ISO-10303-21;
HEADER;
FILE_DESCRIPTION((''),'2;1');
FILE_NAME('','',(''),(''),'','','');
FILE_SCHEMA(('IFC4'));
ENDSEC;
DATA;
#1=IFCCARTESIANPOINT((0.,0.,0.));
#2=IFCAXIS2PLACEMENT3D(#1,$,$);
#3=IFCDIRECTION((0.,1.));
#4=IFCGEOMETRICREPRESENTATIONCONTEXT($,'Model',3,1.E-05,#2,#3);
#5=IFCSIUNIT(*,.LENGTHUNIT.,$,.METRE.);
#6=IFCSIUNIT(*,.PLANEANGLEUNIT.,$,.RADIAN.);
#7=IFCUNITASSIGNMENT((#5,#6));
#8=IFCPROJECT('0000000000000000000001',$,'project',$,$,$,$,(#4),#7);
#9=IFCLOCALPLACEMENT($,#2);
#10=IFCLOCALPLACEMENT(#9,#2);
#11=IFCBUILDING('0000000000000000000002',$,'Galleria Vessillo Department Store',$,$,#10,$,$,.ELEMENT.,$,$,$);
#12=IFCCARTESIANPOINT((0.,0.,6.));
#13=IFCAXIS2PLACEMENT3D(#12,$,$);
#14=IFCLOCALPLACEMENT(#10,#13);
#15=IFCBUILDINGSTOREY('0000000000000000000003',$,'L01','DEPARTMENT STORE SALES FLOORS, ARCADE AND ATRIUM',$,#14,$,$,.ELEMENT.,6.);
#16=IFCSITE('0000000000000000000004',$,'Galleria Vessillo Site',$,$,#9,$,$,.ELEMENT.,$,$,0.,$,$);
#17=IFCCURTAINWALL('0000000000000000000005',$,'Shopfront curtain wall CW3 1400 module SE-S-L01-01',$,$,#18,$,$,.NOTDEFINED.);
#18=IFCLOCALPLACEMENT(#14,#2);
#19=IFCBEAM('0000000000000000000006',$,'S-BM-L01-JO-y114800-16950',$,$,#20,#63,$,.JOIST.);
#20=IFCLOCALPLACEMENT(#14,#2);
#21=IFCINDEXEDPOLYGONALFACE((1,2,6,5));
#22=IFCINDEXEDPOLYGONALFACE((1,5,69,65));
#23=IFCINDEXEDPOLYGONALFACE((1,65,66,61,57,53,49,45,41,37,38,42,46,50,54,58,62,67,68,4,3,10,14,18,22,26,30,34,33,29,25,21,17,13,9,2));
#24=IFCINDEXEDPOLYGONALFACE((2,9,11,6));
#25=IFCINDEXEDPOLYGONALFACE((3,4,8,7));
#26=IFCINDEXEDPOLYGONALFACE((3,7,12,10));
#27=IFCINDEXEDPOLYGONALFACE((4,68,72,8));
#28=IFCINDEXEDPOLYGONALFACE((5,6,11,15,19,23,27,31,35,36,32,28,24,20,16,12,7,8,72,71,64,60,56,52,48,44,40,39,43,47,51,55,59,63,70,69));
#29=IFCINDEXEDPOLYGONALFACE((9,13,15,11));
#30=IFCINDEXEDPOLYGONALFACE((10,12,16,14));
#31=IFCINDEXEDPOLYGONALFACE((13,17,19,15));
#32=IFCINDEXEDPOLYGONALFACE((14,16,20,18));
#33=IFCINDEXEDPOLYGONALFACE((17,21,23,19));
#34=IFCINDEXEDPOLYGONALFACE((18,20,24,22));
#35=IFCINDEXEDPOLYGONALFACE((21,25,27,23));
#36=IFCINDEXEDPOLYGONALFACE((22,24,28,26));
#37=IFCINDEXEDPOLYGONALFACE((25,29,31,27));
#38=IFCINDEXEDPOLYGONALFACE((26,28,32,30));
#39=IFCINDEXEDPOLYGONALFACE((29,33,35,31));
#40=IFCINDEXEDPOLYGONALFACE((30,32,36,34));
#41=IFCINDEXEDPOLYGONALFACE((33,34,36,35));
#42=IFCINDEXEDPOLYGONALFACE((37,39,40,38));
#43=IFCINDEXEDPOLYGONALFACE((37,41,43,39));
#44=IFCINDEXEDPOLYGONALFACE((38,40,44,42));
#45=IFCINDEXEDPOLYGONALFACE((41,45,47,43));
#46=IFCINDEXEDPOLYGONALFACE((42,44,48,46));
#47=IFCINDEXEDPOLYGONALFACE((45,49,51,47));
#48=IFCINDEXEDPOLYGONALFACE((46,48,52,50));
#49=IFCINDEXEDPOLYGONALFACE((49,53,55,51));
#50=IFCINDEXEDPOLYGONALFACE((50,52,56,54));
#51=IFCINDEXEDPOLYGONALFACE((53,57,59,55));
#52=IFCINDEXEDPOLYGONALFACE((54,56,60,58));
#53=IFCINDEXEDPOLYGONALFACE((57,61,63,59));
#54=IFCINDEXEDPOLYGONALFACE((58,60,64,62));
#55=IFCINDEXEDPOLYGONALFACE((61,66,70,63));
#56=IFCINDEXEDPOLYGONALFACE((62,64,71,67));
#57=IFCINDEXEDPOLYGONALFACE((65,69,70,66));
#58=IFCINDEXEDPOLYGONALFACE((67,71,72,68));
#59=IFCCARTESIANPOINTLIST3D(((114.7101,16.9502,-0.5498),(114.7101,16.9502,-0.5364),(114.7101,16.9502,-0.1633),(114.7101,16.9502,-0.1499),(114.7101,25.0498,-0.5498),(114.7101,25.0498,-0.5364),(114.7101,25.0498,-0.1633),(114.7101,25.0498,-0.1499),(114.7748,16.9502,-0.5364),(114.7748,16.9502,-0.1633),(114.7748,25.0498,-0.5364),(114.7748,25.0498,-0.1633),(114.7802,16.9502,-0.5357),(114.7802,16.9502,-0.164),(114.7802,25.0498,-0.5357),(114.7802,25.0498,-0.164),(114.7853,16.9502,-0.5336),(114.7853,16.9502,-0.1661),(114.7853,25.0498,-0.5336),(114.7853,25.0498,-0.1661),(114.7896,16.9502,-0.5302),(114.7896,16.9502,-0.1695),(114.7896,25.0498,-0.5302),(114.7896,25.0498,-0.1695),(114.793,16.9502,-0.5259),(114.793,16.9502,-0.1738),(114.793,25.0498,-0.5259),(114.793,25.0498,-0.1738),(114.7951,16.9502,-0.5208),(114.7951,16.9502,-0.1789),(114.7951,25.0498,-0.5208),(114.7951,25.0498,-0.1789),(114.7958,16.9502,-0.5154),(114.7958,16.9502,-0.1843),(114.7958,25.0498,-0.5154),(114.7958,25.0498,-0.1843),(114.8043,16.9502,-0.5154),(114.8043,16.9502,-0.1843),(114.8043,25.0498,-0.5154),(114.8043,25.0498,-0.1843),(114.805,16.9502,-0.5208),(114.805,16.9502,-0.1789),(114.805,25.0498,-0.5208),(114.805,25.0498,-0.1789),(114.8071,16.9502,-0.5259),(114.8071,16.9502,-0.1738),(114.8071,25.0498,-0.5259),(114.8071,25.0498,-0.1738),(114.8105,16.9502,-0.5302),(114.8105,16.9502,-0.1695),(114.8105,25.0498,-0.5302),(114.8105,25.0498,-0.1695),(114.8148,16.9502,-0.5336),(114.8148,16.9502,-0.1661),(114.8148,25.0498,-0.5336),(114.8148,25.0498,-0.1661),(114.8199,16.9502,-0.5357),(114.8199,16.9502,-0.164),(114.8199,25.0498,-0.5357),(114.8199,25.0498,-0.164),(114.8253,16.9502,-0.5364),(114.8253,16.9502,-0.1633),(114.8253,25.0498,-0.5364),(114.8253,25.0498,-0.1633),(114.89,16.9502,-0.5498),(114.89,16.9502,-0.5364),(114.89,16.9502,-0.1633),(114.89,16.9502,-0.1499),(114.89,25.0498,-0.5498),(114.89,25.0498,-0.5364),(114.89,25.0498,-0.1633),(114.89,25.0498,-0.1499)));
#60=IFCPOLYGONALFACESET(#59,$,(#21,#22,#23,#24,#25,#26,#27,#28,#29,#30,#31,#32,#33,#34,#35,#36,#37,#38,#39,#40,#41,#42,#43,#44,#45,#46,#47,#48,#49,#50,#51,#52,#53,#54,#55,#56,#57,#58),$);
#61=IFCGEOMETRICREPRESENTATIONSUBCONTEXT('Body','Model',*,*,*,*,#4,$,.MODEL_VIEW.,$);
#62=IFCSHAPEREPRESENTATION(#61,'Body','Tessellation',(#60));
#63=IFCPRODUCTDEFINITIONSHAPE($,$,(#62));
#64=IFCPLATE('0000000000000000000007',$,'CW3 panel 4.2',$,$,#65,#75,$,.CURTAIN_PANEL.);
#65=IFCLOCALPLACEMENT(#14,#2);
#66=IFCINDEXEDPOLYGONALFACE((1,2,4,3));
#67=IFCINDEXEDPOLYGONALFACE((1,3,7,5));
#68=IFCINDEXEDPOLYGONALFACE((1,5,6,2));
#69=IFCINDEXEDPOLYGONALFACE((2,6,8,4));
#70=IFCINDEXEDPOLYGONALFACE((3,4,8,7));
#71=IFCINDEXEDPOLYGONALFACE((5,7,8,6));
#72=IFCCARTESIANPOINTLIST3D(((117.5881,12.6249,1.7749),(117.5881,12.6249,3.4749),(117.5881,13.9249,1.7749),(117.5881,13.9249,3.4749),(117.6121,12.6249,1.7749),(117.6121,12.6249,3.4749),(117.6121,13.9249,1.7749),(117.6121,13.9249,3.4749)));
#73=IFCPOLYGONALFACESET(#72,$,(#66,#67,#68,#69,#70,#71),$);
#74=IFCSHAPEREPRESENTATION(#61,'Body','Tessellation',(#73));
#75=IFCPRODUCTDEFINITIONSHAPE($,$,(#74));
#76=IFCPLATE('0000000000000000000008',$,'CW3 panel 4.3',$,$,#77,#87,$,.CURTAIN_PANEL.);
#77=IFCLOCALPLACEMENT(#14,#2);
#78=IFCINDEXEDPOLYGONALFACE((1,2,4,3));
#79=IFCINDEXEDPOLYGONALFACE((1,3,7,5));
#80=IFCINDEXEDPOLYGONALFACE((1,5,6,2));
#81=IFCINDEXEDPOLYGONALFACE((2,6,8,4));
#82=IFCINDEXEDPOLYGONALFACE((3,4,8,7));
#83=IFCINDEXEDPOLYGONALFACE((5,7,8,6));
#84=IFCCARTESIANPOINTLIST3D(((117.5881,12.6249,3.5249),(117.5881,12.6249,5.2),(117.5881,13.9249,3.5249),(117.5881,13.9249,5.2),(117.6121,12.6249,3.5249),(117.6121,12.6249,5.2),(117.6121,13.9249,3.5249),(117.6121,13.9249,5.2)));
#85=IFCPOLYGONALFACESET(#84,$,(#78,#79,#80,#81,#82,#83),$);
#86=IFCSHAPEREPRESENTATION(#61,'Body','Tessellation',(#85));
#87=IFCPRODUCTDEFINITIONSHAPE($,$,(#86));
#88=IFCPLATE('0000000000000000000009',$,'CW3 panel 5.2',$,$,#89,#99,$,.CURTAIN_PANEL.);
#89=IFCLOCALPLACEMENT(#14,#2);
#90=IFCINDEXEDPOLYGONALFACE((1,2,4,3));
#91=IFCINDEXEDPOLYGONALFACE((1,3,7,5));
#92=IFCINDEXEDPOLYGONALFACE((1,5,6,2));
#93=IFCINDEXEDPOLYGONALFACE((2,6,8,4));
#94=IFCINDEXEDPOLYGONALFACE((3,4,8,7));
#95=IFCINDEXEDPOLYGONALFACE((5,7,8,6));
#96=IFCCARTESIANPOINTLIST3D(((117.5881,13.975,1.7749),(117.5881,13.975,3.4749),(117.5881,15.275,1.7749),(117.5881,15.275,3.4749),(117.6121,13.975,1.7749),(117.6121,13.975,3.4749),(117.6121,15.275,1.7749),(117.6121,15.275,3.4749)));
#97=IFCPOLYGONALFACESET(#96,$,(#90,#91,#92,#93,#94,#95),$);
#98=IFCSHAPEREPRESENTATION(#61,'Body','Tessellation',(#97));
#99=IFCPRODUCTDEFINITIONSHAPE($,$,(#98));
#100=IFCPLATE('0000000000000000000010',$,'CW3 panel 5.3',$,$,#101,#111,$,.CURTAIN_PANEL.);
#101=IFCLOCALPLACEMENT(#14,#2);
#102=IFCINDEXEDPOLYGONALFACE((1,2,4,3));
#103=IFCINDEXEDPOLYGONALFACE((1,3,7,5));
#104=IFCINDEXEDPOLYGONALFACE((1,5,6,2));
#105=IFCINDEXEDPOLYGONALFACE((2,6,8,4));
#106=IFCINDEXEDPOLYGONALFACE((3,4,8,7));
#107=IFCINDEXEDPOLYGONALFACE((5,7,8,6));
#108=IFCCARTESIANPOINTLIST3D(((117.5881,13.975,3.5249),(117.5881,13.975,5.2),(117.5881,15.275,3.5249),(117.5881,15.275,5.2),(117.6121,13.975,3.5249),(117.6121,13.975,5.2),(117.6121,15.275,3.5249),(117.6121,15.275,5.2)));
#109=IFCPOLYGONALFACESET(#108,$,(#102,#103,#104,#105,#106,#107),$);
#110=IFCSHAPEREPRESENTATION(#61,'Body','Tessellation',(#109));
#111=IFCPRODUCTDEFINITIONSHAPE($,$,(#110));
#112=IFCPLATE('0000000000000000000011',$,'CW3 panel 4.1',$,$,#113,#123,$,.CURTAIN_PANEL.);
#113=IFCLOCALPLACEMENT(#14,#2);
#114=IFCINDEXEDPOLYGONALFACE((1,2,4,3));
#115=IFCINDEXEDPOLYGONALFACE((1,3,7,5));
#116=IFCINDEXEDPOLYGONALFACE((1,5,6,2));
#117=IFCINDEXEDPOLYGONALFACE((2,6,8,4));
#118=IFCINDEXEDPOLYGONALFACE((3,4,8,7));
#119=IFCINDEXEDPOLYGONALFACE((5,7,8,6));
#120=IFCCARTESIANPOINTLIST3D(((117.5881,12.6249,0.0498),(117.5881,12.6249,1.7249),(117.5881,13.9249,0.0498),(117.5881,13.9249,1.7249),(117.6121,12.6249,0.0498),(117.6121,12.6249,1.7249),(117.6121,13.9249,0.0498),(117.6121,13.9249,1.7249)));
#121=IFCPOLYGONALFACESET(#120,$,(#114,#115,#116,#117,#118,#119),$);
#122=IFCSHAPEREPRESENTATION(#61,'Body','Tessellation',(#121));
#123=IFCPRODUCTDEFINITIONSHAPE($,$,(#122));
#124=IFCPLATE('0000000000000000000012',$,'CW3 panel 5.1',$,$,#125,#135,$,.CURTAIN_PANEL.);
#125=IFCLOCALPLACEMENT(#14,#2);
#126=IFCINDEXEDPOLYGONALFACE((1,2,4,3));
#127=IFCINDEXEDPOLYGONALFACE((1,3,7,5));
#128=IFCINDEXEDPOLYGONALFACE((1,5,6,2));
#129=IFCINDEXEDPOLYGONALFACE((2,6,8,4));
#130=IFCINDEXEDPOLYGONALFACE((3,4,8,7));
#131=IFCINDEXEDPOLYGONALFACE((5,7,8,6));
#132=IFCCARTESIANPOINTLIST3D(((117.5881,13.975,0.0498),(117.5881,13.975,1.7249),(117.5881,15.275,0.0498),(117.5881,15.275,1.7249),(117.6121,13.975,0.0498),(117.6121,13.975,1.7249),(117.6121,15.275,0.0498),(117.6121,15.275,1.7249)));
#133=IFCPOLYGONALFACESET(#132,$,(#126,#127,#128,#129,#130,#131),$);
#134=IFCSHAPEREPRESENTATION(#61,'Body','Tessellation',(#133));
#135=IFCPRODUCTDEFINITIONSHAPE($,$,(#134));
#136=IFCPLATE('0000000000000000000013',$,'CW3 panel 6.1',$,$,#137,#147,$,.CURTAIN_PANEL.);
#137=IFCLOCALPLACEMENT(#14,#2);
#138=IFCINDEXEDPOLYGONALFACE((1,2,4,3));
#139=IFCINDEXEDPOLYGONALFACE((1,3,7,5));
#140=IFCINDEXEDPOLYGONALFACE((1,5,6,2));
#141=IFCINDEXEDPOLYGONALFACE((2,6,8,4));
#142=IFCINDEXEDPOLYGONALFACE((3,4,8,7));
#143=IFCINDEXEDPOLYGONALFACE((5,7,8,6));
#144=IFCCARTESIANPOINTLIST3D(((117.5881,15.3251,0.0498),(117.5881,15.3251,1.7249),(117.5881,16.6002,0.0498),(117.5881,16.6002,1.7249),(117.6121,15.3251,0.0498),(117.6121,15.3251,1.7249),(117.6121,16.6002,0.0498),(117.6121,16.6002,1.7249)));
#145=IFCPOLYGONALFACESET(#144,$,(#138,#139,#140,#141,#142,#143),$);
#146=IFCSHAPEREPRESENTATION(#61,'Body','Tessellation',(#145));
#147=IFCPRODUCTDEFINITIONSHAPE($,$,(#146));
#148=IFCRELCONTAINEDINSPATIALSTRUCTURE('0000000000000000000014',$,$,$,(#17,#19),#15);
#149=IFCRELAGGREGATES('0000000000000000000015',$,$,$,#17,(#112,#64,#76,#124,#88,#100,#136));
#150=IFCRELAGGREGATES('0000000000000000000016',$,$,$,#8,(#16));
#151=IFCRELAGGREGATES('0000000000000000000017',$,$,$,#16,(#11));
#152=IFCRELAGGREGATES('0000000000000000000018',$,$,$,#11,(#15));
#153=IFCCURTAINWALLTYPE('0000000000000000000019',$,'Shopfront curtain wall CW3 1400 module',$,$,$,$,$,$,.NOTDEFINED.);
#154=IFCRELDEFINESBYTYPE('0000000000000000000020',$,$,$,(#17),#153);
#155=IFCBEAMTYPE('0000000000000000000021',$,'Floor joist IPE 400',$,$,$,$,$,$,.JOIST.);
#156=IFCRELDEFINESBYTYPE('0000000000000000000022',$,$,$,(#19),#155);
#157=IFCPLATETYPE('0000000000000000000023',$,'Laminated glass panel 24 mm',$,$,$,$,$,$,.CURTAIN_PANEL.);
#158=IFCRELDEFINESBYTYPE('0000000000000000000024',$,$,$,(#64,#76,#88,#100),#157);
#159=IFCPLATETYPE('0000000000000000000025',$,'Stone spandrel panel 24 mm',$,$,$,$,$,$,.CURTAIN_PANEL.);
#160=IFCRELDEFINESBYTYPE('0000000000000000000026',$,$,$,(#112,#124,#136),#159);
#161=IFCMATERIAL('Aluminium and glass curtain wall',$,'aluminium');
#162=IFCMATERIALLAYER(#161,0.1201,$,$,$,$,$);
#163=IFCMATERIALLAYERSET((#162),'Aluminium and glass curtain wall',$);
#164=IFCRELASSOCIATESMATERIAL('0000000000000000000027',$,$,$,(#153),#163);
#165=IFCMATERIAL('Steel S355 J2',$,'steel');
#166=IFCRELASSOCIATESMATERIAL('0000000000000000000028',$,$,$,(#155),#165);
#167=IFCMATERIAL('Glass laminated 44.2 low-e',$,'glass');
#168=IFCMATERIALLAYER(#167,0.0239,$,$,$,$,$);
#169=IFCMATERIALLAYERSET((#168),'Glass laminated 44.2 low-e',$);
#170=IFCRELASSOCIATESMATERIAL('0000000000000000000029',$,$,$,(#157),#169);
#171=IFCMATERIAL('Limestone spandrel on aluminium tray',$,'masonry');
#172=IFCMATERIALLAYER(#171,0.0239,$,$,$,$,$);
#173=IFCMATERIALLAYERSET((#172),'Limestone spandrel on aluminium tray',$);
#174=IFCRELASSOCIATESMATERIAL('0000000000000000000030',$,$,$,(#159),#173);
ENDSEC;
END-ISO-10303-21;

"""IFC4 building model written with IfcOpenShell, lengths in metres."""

from ifc_helpers import new_model, si_unit, direction, frame, origin, origin_2d, place, context, subcontext, project, spatial, rectangle, i_section, extrude, material, layer, layer_set, material_profile, profile_set, type_object, element, aggregate, save


model = new_model("IFC4")

# Units and contexts
model_context = context("Model", 3, precision=1e-05, world=origin(), true_north=direction((0.0, 1.0)))
body_context = subcontext(model_context, "Body", "Model", "MODEL_VIEW")
ifc_project = project(units=[si_unit("LENGTHUNIT", "METRE"), si_unit("PLANEANGLEUNIT", "RADIAN")], contexts=[model_context])

# Site, building, storey
site_placement = place(None, origin())
site = spatial("IfcSite", under=ifc_project, at=site_placement, Name="Galleria Vessillo Site", CompositionType="ELEMENT", RefElevation=0.0)
building_placement = place(site_placement, origin())
building = spatial("IfcBuilding", under=site, at=building_placement, Name="Galleria Vessillo Department Store", CompositionType="ELEMENT")
storey_placement = place(building_placement, frame((0.0, 0.0, 6.0)))
storey = spatial("IfcBuildingStorey", under=building, at=storey_placement, Name="L01", Description="DEPARTMENT STORE SALES FLOORS, ARCADE AND ATRIUM", CompositionType="ELEMENT", Elevation=6.0)

# Curtain wall
ifc_material_1 = material(Name="Aluminium and glass curtain wall", Category="aluminium")
ifc_layer_1 = layer(ifc_material_1, 0.1201)
ifc_layer_set_1 = layer_set([ifc_layer_1], Name="Aluminium and glass curtain wall")
curtain_wall_type = type_object("IfcCurtainWallType", Name="Shopfront curtain wall CW3 1400 module", PredefinedType="NOTDEFINED", material=ifc_layer_set_1)
curtain_wall_placement = place(storey_placement, origin())
curtain_wall = element("IfcCurtainWall", 1, at=curtain_wall_placement, inside=storey, type_object=curtain_wall_type, Name="Shopfront curtain wall CW3 1400 module SE-S-L01-01", PredefinedType="NOTDEFINED")

# Beam
ifc_material_2 = material(Name="Steel S355 J2", Category="steel")
ifc_material_profile_1 = material_profile(ifc_material_2, i_section(OverallWidth=0.1799, OverallDepth=0.3999, WebThickness=0.0085, FlangeThickness=0.0134, FilletRadius=0.021, at=origin_2d()), Name="IPE 400")
ifc_profile_set_1 = profile_set([ifc_material_profile_1], Name="Steel S355 J2")
beam_type_1 = type_object("IfcBeamType", Name="Floor joist IPE 400", PredefinedType="JOIST", material=ifc_profile_set_1)
for number, where, z_axis, x_axis, name in (
    (2, (114.8, 16.9502, -0.3499), (0.0, 1.0, 0.0), (-1.0, 0.0, 0.0), "S-BM-L01-JO-y114800-16950"),
):
    element("IfcBeam", number, at=place(storey_placement, frame(where, z_axis=z_axis, x_axis=x_axis)), inside=storey, type_object=beam_type_1, Name=name, PredefinedType="JOIST", context=body_context, shape_type="SweptSolid", body=[
        extrude(i_section(OverallWidth=0.1799, OverallDepth=0.3999, WebThickness=0.0085, FlangeThickness=0.0134, FilletRadius=0.021, at=origin_2d()), origin(), (0.0, 0.0, 1.0), 8.0996),
    ])

# Plates
ifc_material_3 = material(Name="Glass laminated 44.2 low-e", Category="glass")
ifc_layer_2 = layer(ifc_material_3, 0.0239)
ifc_layer_set_2 = layer_set([ifc_layer_2], Name="Glass laminated 44.2 low-e")
plate_type_1 = type_object("IfcPlateType", Name="Laminated glass panel 24 mm", PredefinedType="CURTAIN_PANEL", material=ifc_layer_set_2)
plate_1_placement = place(storey_placement, frame((117.6001, 13.2749, 1.7749), z_axis=(0.0, 0.0, 1.0), x_axis=(0.0, 1.0, 0.0)))
plate_1 = element("IfcPlate", 3, at=plate_1_placement, type_object=plate_type_1, Name="CW3 panel 4.2", PredefinedType="CURTAIN_PANEL", context=body_context, shape_type="SweptSolid", body=[
    extrude(rectangle(XDim=1.3, YDim=0.0239, at=origin_2d()), origin(), (0.0, 0.0, 1.0), 1.7),
])
plate_2_placement = place(storey_placement, frame((117.6001, 13.2749, 3.5249), z_axis=(0.0, 0.0, 1.0), x_axis=(0.0, 1.0, 0.0)))
plate_2 = element("IfcPlate", 4, at=plate_2_placement, type_object=plate_type_1, Name="CW3 panel 4.3", PredefinedType="CURTAIN_PANEL", context=body_context, shape_type="SweptSolid", body=[
    extrude(rectangle(XDim=1.3, YDim=0.0239, at=origin_2d()), origin(), (0.0, 0.0, 1.0), 1.675),
])
plate_3_placement = place(storey_placement, frame((117.6001, 14.625, 1.7749), z_axis=(0.0, 0.0, 1.0), x_axis=(0.0, 1.0, 0.0)))
plate_3 = element("IfcPlate", 5, at=plate_3_placement, type_object=plate_type_1, Name="CW3 panel 5.2", PredefinedType="CURTAIN_PANEL", context=body_context, shape_type="SweptSolid", body=[
    extrude(rectangle(XDim=1.3, YDim=0.0239, at=origin_2d()), origin(), (0.0, 0.0, 1.0), 1.7),
])
plate_4_placement = place(storey_placement, frame((117.6001, 14.625, 3.5249), z_axis=(0.0, 0.0, 1.0), x_axis=(0.0, 1.0, 0.0)))
plate_4 = element("IfcPlate", 6, at=plate_4_placement, type_object=plate_type_1, Name="CW3 panel 5.3", PredefinedType="CURTAIN_PANEL", context=body_context, shape_type="SweptSolid", body=[
    extrude(rectangle(XDim=1.3, YDim=0.0239, at=origin_2d()), origin(), (0.0, 0.0, 1.0), 1.675),
])
ifc_material_4 = material(Name="Limestone spandrel on aluminium tray", Category="masonry")
ifc_layer_3 = layer(ifc_material_4, 0.0239)
ifc_layer_set_3 = layer_set([ifc_layer_3], Name="Limestone spandrel on aluminium tray")
plate_type_2 = type_object("IfcPlateType", Name="Stone spandrel panel 24 mm", PredefinedType="CURTAIN_PANEL", material=ifc_layer_set_3)
plate_5_placement = place(storey_placement, frame((117.6001, 13.2749, 0.0498), z_axis=(0.0, 0.0, 1.0), x_axis=(0.0, 1.0, 0.0)))
plate_5 = element("IfcPlate", 7, at=plate_5_placement, type_object=plate_type_2, Name="CW3 panel 4.1", PredefinedType="CURTAIN_PANEL", context=body_context, shape_type="SweptSolid", body=[
    extrude(rectangle(XDim=1.3, YDim=0.0239, at=origin_2d()), origin(), (0.0, 0.0, 1.0), 1.675),
])
plate_6_placement = place(storey_placement, frame((117.6001, 14.625, 0.0498), z_axis=(0.0, 0.0, 1.0), x_axis=(0.0, 1.0, 0.0)))
plate_6 = element("IfcPlate", 8, at=plate_6_placement, type_object=plate_type_2, Name="CW3 panel 5.1", PredefinedType="CURTAIN_PANEL", context=body_context, shape_type="SweptSolid", body=[
    extrude(rectangle(XDim=1.3, YDim=0.0239, at=origin_2d()), origin(), (0.0, 0.0, 1.0), 1.675),
])
plate_7_placement = place(storey_placement, frame((117.6001, 15.9626, 0.0498), z_axis=(0.0, 0.0, 1.0), x_axis=(0.0, 1.0, 0.0)))
plate_7 = element("IfcPlate", 9, at=plate_7_placement, type_object=plate_type_2, Name="CW3 panel 6.1", PredefinedType="CURTAIN_PANEL", context=body_context, shape_type="SweptSolid", body=[
    extrude(rectangle(XDim=1.2751, YDim=0.0239, at=origin_2d()), origin(), (0.0, 0.0, 1.0), 1.675),
])
aggregate(curtain_wall, [plate_5, plate_1, plate_2, plate_6, plate_3, plate_4, plate_7])

save(model, "model.ifc")
